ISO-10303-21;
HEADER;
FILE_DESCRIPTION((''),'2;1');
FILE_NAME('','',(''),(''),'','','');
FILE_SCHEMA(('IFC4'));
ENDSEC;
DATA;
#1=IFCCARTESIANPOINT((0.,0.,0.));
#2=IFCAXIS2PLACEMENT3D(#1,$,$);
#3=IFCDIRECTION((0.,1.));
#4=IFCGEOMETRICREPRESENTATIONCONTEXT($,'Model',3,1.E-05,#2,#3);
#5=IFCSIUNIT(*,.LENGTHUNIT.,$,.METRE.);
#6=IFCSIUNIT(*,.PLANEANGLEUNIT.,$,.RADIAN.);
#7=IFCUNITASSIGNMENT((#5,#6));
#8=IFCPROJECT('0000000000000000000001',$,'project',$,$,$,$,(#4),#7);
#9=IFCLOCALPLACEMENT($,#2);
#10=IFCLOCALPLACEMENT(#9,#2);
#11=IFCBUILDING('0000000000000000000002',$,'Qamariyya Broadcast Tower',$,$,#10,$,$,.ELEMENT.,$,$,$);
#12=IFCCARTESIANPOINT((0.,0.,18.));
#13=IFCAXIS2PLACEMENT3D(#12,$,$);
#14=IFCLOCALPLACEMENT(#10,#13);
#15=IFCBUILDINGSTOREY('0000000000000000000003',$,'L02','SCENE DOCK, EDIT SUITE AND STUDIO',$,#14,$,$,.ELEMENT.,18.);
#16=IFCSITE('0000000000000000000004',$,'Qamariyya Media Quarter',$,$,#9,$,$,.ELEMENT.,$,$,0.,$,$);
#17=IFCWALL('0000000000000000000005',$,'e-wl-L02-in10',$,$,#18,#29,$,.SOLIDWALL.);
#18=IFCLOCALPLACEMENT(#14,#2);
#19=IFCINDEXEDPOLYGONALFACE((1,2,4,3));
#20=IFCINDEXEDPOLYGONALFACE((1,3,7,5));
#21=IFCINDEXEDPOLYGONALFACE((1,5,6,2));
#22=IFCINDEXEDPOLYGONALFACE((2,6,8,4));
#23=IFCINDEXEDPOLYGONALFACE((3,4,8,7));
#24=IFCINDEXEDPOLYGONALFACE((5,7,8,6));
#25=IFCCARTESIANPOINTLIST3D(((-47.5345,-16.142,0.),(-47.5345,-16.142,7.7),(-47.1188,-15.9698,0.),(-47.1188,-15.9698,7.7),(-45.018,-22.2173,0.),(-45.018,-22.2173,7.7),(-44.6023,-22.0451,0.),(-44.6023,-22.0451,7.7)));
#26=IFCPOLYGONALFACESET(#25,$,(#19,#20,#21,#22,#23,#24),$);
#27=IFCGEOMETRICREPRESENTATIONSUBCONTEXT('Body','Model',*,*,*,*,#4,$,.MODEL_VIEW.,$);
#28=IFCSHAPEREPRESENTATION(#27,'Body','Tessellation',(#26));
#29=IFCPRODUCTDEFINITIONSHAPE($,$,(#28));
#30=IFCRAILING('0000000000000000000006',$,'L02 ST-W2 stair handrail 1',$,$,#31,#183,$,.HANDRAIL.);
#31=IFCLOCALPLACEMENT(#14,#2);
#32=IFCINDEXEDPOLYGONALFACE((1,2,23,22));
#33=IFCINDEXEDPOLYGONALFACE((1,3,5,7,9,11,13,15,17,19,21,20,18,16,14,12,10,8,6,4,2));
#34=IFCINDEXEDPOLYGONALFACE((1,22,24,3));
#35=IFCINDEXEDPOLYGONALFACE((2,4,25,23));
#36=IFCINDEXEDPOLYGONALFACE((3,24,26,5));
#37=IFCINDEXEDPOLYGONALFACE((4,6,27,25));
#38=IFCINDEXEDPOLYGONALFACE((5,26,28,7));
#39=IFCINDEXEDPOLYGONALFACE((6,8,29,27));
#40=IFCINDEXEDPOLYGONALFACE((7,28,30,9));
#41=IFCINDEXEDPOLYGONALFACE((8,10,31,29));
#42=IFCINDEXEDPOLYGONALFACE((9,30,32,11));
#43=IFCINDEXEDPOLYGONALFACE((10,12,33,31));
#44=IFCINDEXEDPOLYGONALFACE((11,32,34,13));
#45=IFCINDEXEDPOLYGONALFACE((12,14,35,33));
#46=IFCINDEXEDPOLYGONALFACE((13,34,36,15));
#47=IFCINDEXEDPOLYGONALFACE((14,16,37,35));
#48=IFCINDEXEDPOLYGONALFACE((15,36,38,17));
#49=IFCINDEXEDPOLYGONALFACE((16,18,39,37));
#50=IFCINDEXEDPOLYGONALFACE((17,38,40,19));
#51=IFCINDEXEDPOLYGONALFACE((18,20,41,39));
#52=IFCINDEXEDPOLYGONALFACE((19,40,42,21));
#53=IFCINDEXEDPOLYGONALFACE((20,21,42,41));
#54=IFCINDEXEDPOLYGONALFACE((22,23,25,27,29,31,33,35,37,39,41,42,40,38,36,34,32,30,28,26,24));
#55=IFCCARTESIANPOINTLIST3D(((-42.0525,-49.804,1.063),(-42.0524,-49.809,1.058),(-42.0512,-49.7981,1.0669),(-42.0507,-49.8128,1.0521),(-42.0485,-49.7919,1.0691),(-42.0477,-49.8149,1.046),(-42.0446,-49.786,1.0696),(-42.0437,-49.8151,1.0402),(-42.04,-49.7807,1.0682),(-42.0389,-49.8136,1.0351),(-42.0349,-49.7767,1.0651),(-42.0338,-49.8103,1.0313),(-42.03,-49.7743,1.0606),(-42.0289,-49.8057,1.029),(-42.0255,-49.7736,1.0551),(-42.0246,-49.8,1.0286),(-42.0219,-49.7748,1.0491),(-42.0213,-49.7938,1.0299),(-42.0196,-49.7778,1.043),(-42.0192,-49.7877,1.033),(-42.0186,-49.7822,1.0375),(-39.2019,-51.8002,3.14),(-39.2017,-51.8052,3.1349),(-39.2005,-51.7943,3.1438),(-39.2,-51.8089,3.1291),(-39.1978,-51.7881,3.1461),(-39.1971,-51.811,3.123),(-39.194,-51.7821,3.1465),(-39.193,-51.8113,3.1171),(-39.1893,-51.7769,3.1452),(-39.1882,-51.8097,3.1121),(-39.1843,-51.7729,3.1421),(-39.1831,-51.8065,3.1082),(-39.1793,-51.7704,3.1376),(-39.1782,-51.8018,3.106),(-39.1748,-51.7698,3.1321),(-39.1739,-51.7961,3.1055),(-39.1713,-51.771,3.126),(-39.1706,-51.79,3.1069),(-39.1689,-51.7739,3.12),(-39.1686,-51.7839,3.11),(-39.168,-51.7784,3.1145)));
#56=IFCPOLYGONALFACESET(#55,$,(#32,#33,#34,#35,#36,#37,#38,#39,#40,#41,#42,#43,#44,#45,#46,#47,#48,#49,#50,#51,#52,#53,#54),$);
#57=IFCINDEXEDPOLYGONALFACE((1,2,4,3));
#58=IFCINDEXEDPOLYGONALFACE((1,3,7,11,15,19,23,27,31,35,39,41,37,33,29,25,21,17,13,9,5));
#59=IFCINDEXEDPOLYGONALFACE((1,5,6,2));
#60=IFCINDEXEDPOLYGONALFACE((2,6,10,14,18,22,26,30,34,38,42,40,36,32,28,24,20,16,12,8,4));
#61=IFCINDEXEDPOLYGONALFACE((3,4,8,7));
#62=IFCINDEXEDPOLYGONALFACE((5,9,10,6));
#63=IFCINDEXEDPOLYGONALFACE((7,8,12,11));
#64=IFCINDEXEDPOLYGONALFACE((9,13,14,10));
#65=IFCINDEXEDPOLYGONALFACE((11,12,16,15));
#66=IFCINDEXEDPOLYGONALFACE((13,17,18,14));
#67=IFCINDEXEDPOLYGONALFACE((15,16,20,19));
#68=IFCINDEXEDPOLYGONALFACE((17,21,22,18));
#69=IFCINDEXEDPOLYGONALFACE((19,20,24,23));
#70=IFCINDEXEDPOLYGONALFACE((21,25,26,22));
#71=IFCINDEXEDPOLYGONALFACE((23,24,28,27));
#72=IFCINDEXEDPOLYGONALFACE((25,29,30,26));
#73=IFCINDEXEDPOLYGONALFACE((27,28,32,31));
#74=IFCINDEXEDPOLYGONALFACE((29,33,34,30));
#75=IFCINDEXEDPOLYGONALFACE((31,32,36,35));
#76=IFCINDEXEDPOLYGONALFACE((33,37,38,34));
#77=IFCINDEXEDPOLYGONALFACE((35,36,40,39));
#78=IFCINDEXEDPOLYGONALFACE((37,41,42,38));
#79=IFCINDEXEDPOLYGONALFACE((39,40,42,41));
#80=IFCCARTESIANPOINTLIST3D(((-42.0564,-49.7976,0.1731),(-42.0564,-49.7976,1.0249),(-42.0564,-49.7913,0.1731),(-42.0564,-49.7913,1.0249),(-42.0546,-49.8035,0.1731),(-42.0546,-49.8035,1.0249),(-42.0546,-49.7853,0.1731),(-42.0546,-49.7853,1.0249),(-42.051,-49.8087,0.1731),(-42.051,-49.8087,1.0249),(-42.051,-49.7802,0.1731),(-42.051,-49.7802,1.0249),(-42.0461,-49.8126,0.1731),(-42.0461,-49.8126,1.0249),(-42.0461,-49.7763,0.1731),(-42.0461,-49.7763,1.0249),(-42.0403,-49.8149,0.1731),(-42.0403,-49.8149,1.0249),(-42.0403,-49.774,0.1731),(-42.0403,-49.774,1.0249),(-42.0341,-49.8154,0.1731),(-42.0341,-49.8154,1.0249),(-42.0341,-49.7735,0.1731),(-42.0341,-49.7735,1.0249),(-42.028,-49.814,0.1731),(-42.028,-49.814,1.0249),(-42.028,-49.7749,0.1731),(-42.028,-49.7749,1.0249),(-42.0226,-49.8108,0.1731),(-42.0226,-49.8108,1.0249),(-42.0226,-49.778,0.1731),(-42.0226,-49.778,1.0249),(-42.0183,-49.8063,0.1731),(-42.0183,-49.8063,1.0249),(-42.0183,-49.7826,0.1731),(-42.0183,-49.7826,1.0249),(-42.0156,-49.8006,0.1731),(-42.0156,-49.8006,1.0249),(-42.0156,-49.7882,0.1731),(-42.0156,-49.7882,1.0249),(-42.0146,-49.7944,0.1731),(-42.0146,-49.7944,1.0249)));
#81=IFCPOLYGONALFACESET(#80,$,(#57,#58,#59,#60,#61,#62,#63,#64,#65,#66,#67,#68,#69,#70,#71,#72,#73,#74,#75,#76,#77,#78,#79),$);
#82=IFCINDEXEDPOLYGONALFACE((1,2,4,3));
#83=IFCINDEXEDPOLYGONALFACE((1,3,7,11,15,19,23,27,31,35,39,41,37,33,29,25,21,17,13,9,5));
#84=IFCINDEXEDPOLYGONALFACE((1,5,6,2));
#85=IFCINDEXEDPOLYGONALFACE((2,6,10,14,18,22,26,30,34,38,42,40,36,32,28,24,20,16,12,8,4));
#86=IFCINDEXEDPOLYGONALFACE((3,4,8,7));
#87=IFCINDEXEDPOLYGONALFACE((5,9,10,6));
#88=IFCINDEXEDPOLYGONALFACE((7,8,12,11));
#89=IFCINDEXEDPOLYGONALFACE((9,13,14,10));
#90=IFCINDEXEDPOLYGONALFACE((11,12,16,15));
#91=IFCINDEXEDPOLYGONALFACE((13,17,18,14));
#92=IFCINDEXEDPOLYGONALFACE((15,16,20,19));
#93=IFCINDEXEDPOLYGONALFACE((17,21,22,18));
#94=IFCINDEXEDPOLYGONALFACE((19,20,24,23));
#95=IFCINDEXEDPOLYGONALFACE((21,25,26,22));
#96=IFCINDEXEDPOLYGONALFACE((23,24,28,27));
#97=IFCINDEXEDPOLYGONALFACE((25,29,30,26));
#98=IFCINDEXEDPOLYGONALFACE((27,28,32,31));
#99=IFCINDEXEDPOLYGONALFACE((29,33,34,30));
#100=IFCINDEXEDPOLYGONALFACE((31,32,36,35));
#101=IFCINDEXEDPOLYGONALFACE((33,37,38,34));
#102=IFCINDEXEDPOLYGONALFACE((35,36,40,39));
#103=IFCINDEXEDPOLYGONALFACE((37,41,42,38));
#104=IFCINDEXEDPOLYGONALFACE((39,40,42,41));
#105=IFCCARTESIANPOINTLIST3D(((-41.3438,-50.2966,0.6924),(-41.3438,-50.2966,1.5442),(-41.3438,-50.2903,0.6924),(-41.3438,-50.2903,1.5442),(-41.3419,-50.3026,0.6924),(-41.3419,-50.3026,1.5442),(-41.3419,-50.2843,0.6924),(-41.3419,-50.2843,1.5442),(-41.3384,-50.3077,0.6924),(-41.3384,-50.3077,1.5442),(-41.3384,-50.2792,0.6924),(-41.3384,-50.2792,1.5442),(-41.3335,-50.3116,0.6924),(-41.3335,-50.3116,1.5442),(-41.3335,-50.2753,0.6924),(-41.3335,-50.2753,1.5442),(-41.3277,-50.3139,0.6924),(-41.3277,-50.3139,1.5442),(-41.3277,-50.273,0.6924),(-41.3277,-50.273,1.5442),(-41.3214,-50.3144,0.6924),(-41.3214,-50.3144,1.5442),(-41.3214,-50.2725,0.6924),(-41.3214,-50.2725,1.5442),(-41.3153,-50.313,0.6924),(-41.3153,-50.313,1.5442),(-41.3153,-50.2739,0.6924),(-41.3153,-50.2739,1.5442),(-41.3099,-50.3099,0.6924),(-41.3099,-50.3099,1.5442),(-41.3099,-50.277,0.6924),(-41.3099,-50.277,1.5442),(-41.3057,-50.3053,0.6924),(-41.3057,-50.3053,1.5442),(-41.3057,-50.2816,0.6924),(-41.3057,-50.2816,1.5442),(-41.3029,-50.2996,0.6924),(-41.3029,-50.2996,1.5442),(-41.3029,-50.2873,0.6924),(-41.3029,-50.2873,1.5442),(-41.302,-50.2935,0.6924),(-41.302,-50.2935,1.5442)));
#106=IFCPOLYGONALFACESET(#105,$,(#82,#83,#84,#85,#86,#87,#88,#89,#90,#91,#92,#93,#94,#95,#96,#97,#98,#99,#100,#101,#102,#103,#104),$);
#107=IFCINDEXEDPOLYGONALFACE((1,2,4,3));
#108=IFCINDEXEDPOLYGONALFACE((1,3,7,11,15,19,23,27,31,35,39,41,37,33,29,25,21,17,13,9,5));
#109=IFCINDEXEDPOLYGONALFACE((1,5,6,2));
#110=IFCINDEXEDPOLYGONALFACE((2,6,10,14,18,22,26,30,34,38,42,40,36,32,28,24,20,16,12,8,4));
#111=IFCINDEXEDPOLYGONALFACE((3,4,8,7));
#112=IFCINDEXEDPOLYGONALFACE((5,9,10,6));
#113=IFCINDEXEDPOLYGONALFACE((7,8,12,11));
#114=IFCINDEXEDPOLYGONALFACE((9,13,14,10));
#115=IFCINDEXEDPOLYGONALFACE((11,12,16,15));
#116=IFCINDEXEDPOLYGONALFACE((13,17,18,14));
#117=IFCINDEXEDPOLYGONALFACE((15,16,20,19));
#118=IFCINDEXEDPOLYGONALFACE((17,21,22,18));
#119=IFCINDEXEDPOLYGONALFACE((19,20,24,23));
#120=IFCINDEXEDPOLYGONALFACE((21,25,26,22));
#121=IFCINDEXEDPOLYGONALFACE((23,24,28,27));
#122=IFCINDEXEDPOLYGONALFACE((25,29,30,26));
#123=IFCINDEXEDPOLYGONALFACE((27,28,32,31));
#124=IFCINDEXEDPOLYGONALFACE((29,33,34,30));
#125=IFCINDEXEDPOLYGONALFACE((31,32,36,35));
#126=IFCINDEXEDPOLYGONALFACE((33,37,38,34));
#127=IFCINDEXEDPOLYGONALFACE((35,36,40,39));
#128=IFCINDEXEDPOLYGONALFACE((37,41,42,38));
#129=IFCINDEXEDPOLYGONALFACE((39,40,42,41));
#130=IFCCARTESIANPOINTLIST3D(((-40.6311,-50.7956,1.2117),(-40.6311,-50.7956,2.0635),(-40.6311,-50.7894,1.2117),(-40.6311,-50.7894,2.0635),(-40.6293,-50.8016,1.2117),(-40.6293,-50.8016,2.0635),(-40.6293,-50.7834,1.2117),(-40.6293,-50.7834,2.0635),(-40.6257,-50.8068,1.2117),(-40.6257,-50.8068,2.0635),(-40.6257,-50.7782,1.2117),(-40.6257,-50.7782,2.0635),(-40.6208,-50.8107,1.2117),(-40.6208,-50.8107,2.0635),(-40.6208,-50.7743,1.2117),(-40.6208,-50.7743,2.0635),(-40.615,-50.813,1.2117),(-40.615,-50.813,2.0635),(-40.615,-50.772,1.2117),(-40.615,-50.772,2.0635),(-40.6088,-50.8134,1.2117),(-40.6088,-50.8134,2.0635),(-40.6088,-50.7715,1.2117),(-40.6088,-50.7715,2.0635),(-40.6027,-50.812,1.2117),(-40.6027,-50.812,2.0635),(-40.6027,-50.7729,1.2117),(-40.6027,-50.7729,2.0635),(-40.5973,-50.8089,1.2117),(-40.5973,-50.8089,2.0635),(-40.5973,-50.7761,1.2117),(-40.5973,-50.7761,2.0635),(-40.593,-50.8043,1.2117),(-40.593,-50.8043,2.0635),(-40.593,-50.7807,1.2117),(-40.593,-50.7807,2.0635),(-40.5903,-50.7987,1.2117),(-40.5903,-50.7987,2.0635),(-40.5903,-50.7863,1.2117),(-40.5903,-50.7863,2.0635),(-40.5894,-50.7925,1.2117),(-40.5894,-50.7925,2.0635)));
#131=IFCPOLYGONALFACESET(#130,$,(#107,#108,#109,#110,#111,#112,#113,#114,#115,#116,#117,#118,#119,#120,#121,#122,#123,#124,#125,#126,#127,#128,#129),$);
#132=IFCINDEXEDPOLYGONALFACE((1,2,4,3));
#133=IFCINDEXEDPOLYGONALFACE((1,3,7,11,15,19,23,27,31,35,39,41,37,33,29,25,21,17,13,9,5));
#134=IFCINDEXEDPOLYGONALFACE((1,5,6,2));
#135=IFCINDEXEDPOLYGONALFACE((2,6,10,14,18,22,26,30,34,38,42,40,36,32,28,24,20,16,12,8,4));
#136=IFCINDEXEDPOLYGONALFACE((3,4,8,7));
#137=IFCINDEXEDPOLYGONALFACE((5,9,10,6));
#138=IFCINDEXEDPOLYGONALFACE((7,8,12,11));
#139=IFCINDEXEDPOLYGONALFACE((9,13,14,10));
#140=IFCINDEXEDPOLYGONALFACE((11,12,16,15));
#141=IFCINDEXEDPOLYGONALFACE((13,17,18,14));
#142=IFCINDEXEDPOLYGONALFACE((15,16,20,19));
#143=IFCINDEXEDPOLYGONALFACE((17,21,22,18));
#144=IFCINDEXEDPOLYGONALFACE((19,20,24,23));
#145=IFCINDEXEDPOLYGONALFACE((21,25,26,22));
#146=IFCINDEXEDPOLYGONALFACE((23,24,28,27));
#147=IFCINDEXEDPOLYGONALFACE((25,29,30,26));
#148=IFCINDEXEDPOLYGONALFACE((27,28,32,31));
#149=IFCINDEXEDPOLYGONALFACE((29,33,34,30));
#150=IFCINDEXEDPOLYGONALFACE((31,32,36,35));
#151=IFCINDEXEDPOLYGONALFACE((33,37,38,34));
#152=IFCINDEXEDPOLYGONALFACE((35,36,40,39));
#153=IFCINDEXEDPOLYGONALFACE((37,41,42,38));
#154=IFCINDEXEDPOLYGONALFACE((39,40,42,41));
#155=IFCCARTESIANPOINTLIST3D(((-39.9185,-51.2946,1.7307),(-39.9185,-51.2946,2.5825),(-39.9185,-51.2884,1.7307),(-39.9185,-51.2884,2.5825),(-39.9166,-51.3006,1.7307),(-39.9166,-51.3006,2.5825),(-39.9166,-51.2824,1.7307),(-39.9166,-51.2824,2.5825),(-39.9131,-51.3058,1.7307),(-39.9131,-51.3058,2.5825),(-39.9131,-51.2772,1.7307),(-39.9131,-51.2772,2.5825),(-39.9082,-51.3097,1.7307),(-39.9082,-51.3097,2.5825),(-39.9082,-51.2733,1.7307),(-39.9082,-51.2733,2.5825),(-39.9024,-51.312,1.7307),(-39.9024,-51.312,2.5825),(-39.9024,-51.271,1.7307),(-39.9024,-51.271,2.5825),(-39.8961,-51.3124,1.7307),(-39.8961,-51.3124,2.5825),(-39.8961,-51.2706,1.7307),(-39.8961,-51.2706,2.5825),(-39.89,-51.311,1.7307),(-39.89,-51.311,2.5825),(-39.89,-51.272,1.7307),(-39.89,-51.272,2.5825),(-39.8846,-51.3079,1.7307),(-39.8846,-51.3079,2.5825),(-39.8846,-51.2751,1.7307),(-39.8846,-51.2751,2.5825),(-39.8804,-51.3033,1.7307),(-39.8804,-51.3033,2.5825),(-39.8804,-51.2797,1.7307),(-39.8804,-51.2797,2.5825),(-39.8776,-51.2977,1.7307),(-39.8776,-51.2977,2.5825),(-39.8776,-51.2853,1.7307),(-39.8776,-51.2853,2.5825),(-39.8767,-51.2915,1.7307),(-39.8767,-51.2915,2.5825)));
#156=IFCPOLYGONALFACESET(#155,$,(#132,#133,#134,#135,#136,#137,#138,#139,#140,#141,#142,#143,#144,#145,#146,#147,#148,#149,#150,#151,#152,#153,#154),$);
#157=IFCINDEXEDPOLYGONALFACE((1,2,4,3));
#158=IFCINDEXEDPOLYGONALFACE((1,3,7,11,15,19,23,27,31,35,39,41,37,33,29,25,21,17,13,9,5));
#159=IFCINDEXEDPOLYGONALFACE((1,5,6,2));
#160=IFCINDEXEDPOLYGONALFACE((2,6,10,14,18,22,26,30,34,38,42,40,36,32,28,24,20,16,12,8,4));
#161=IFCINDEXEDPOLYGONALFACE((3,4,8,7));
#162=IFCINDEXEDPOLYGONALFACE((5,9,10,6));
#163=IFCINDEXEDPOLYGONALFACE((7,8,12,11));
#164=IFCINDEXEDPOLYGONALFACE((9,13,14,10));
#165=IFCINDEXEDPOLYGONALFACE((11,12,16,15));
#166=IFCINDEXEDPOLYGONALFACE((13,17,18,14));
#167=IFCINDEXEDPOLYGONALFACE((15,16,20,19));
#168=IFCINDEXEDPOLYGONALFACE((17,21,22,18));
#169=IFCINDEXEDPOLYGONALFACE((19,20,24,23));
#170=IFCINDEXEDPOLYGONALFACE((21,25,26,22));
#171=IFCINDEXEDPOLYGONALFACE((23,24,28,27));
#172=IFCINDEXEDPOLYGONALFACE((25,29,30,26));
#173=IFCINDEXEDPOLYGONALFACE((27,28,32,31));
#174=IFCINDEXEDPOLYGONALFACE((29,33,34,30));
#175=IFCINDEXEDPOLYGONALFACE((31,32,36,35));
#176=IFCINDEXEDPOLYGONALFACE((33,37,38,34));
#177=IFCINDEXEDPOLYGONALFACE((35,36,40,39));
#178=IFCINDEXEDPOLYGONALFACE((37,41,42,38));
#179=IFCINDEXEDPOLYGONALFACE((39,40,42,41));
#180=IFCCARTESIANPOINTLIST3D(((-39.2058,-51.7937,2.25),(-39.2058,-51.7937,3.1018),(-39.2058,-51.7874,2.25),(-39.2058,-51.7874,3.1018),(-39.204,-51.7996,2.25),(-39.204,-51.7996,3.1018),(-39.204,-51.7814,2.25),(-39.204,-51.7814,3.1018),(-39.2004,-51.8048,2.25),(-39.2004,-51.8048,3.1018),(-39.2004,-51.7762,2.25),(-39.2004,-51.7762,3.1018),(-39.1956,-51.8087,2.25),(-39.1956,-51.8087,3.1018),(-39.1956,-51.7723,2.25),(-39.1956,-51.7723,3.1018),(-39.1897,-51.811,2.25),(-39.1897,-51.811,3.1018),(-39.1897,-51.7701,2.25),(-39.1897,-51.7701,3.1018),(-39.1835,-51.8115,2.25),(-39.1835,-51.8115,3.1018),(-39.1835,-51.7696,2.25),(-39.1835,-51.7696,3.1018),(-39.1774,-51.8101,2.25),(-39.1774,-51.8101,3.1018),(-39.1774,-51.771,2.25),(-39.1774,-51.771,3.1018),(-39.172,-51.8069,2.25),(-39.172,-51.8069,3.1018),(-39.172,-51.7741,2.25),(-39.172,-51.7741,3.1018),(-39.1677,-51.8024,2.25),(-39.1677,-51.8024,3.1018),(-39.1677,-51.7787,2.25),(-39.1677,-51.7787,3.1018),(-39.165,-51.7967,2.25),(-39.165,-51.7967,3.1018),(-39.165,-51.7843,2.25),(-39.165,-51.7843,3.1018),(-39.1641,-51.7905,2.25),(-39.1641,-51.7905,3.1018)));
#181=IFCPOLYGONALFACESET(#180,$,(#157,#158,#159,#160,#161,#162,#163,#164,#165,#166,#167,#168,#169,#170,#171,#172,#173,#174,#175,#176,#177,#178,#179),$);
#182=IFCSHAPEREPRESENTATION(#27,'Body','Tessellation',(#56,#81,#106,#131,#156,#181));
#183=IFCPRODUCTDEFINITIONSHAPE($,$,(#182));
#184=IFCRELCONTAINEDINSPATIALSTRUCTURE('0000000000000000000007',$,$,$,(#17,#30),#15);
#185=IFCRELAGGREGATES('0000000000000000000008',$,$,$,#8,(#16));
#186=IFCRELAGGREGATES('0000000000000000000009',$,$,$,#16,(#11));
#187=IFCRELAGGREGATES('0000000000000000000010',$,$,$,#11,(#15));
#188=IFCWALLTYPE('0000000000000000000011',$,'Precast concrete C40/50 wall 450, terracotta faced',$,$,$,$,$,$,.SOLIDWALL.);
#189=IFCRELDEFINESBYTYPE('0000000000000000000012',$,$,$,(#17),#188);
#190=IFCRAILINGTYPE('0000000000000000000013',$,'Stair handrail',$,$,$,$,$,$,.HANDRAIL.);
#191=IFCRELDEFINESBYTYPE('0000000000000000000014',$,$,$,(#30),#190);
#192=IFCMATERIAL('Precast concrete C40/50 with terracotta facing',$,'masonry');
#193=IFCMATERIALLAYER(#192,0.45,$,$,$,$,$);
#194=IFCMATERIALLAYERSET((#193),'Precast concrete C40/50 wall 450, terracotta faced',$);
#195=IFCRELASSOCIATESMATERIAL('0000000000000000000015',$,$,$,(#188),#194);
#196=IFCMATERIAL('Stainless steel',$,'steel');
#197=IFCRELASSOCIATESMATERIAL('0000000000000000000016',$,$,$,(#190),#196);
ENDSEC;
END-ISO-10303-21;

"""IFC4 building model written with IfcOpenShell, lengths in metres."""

from ifc_helpers import new_model, si_unit, direction, frame, frame_2d, origin, origin_2d, place, context, subcontext, project, spatial, rectangle, circle, extrude, material, layer, layer_set, type_object, element, save


model = new_model("IFC4")

# Units and contexts
model_context = context("Model", 3, precision=1e-05, world=origin(), true_north=direction((0.0, 1.0)))
body_context = subcontext(model_context, "Body", "Model", "MODEL_VIEW")
ifc_project = project(units=[si_unit("LENGTHUNIT", "METRE"), si_unit("PLANEANGLEUNIT", "RADIAN")], contexts=[model_context])

# Site, building, storey
site_placement = place(None, origin())
site = spatial("IfcSite", under=ifc_project, at=site_placement, Name="Qamariyya Media Quarter", CompositionType="ELEMENT", RefElevation=0.0)
building_placement = place(site_placement, origin())
building = spatial("IfcBuilding", under=site, at=building_placement, Name="Qamariyya Broadcast Tower", CompositionType="ELEMENT")
storey_placement = place(building_placement, frame((0.0, 0.0, 18.0)))
storey = spatial("IfcBuildingStorey", under=building, at=storey_placement, Name="L02", Description="SCENE DOCK, EDIT SUITE AND STUDIO", CompositionType="ELEMENT", Elevation=18.0)

# Wall
ifc_material_1 = material(Name="Precast concrete C40/50 with terracotta facing", Category="masonry")
ifc_layer_1 = layer(ifc_material_1, 0.45)
ifc_layer_set_1 = layer_set([ifc_layer_1], Name="Precast concrete C40/50 wall 450, terracotta faced")
wall_type_1 = type_object("IfcWallType", Name="Precast concrete C40/50 wall 450, terracotta faced", PredefinedType="SOLIDWALL", material=ifc_layer_set_1)
wall_1_placement = place(storey_placement, frame((-44.8101, -22.1313, 0.0), z_axis=(0.0, 0.0, 1.0), x_axis=(-0.382693, 0.923876, 0.0)))
element("IfcWall", 1, at=wall_1_placement, inside=storey, type_object=wall_type_1, Name="e-wl-L02-in10", PredefinedType="SOLIDWALL", context=body_context, shape_type="SweptSolid", body=[
    extrude(rectangle(XDim=6.5759, YDim=0.45, at=frame_2d((3.2881, 0.0))), origin(), (0.0, 0.0, 1.0), 7.7),
])

# Railing
ifc_material_2 = material(Name="Stainless steel", Category="steel")
railing_type = type_object("IfcRailingType", Name="Stair handrail", PredefinedType="HANDRAIL", material=ifc_material_2)
for number, where, name in (
    (2, (-42.0356, -49.7944, 0.1731), "L02 ST-W2 stair handrail 1"),
):
    element("IfcRailing", number, at=place(storey_placement, frame(where)), inside=storey, type_object=railing_type, Name=name, PredefinedType="HANDRAIL", context=body_context, shape_type="SweptSolid", body=[
        extrude(circle(Radius=0.0239, at=origin_2d()), frame((0.0, 0.0, 0.876), z_axis=(0.703393, -0.492544, 0.512484), x_axis=(0.573594, 0.81914, 0.0)), (0.0, 0.0, 1.0), 4.0527),
        extrude(circle(Radius=0.021, at=origin_2d()), origin(), (0.0, 0.0, 1.0), 0.8518),
        extrude(circle(Radius=0.021, at=origin_2d()), frame((0.7126, -0.499, 0.5193)), (0.0, 0.0, 1.0), 0.8518),
        extrude(circle(Radius=0.021, at=origin_2d()), frame((1.4253, -0.998, 1.0386)), (0.0, 0.0, 1.0), 0.8518),
        extrude(circle(Radius=0.021, at=origin_2d()), frame((2.1379, -1.4971, 1.5576)), (0.0, 0.0, 1.0), 0.8518),
        extrude(circle(Radius=0.021, at=origin_2d()), frame((2.8506, -1.9961, 2.0769)), (0.0, 0.0, 1.0), 0.8518),
    ])

save(model, "model.ifc")
